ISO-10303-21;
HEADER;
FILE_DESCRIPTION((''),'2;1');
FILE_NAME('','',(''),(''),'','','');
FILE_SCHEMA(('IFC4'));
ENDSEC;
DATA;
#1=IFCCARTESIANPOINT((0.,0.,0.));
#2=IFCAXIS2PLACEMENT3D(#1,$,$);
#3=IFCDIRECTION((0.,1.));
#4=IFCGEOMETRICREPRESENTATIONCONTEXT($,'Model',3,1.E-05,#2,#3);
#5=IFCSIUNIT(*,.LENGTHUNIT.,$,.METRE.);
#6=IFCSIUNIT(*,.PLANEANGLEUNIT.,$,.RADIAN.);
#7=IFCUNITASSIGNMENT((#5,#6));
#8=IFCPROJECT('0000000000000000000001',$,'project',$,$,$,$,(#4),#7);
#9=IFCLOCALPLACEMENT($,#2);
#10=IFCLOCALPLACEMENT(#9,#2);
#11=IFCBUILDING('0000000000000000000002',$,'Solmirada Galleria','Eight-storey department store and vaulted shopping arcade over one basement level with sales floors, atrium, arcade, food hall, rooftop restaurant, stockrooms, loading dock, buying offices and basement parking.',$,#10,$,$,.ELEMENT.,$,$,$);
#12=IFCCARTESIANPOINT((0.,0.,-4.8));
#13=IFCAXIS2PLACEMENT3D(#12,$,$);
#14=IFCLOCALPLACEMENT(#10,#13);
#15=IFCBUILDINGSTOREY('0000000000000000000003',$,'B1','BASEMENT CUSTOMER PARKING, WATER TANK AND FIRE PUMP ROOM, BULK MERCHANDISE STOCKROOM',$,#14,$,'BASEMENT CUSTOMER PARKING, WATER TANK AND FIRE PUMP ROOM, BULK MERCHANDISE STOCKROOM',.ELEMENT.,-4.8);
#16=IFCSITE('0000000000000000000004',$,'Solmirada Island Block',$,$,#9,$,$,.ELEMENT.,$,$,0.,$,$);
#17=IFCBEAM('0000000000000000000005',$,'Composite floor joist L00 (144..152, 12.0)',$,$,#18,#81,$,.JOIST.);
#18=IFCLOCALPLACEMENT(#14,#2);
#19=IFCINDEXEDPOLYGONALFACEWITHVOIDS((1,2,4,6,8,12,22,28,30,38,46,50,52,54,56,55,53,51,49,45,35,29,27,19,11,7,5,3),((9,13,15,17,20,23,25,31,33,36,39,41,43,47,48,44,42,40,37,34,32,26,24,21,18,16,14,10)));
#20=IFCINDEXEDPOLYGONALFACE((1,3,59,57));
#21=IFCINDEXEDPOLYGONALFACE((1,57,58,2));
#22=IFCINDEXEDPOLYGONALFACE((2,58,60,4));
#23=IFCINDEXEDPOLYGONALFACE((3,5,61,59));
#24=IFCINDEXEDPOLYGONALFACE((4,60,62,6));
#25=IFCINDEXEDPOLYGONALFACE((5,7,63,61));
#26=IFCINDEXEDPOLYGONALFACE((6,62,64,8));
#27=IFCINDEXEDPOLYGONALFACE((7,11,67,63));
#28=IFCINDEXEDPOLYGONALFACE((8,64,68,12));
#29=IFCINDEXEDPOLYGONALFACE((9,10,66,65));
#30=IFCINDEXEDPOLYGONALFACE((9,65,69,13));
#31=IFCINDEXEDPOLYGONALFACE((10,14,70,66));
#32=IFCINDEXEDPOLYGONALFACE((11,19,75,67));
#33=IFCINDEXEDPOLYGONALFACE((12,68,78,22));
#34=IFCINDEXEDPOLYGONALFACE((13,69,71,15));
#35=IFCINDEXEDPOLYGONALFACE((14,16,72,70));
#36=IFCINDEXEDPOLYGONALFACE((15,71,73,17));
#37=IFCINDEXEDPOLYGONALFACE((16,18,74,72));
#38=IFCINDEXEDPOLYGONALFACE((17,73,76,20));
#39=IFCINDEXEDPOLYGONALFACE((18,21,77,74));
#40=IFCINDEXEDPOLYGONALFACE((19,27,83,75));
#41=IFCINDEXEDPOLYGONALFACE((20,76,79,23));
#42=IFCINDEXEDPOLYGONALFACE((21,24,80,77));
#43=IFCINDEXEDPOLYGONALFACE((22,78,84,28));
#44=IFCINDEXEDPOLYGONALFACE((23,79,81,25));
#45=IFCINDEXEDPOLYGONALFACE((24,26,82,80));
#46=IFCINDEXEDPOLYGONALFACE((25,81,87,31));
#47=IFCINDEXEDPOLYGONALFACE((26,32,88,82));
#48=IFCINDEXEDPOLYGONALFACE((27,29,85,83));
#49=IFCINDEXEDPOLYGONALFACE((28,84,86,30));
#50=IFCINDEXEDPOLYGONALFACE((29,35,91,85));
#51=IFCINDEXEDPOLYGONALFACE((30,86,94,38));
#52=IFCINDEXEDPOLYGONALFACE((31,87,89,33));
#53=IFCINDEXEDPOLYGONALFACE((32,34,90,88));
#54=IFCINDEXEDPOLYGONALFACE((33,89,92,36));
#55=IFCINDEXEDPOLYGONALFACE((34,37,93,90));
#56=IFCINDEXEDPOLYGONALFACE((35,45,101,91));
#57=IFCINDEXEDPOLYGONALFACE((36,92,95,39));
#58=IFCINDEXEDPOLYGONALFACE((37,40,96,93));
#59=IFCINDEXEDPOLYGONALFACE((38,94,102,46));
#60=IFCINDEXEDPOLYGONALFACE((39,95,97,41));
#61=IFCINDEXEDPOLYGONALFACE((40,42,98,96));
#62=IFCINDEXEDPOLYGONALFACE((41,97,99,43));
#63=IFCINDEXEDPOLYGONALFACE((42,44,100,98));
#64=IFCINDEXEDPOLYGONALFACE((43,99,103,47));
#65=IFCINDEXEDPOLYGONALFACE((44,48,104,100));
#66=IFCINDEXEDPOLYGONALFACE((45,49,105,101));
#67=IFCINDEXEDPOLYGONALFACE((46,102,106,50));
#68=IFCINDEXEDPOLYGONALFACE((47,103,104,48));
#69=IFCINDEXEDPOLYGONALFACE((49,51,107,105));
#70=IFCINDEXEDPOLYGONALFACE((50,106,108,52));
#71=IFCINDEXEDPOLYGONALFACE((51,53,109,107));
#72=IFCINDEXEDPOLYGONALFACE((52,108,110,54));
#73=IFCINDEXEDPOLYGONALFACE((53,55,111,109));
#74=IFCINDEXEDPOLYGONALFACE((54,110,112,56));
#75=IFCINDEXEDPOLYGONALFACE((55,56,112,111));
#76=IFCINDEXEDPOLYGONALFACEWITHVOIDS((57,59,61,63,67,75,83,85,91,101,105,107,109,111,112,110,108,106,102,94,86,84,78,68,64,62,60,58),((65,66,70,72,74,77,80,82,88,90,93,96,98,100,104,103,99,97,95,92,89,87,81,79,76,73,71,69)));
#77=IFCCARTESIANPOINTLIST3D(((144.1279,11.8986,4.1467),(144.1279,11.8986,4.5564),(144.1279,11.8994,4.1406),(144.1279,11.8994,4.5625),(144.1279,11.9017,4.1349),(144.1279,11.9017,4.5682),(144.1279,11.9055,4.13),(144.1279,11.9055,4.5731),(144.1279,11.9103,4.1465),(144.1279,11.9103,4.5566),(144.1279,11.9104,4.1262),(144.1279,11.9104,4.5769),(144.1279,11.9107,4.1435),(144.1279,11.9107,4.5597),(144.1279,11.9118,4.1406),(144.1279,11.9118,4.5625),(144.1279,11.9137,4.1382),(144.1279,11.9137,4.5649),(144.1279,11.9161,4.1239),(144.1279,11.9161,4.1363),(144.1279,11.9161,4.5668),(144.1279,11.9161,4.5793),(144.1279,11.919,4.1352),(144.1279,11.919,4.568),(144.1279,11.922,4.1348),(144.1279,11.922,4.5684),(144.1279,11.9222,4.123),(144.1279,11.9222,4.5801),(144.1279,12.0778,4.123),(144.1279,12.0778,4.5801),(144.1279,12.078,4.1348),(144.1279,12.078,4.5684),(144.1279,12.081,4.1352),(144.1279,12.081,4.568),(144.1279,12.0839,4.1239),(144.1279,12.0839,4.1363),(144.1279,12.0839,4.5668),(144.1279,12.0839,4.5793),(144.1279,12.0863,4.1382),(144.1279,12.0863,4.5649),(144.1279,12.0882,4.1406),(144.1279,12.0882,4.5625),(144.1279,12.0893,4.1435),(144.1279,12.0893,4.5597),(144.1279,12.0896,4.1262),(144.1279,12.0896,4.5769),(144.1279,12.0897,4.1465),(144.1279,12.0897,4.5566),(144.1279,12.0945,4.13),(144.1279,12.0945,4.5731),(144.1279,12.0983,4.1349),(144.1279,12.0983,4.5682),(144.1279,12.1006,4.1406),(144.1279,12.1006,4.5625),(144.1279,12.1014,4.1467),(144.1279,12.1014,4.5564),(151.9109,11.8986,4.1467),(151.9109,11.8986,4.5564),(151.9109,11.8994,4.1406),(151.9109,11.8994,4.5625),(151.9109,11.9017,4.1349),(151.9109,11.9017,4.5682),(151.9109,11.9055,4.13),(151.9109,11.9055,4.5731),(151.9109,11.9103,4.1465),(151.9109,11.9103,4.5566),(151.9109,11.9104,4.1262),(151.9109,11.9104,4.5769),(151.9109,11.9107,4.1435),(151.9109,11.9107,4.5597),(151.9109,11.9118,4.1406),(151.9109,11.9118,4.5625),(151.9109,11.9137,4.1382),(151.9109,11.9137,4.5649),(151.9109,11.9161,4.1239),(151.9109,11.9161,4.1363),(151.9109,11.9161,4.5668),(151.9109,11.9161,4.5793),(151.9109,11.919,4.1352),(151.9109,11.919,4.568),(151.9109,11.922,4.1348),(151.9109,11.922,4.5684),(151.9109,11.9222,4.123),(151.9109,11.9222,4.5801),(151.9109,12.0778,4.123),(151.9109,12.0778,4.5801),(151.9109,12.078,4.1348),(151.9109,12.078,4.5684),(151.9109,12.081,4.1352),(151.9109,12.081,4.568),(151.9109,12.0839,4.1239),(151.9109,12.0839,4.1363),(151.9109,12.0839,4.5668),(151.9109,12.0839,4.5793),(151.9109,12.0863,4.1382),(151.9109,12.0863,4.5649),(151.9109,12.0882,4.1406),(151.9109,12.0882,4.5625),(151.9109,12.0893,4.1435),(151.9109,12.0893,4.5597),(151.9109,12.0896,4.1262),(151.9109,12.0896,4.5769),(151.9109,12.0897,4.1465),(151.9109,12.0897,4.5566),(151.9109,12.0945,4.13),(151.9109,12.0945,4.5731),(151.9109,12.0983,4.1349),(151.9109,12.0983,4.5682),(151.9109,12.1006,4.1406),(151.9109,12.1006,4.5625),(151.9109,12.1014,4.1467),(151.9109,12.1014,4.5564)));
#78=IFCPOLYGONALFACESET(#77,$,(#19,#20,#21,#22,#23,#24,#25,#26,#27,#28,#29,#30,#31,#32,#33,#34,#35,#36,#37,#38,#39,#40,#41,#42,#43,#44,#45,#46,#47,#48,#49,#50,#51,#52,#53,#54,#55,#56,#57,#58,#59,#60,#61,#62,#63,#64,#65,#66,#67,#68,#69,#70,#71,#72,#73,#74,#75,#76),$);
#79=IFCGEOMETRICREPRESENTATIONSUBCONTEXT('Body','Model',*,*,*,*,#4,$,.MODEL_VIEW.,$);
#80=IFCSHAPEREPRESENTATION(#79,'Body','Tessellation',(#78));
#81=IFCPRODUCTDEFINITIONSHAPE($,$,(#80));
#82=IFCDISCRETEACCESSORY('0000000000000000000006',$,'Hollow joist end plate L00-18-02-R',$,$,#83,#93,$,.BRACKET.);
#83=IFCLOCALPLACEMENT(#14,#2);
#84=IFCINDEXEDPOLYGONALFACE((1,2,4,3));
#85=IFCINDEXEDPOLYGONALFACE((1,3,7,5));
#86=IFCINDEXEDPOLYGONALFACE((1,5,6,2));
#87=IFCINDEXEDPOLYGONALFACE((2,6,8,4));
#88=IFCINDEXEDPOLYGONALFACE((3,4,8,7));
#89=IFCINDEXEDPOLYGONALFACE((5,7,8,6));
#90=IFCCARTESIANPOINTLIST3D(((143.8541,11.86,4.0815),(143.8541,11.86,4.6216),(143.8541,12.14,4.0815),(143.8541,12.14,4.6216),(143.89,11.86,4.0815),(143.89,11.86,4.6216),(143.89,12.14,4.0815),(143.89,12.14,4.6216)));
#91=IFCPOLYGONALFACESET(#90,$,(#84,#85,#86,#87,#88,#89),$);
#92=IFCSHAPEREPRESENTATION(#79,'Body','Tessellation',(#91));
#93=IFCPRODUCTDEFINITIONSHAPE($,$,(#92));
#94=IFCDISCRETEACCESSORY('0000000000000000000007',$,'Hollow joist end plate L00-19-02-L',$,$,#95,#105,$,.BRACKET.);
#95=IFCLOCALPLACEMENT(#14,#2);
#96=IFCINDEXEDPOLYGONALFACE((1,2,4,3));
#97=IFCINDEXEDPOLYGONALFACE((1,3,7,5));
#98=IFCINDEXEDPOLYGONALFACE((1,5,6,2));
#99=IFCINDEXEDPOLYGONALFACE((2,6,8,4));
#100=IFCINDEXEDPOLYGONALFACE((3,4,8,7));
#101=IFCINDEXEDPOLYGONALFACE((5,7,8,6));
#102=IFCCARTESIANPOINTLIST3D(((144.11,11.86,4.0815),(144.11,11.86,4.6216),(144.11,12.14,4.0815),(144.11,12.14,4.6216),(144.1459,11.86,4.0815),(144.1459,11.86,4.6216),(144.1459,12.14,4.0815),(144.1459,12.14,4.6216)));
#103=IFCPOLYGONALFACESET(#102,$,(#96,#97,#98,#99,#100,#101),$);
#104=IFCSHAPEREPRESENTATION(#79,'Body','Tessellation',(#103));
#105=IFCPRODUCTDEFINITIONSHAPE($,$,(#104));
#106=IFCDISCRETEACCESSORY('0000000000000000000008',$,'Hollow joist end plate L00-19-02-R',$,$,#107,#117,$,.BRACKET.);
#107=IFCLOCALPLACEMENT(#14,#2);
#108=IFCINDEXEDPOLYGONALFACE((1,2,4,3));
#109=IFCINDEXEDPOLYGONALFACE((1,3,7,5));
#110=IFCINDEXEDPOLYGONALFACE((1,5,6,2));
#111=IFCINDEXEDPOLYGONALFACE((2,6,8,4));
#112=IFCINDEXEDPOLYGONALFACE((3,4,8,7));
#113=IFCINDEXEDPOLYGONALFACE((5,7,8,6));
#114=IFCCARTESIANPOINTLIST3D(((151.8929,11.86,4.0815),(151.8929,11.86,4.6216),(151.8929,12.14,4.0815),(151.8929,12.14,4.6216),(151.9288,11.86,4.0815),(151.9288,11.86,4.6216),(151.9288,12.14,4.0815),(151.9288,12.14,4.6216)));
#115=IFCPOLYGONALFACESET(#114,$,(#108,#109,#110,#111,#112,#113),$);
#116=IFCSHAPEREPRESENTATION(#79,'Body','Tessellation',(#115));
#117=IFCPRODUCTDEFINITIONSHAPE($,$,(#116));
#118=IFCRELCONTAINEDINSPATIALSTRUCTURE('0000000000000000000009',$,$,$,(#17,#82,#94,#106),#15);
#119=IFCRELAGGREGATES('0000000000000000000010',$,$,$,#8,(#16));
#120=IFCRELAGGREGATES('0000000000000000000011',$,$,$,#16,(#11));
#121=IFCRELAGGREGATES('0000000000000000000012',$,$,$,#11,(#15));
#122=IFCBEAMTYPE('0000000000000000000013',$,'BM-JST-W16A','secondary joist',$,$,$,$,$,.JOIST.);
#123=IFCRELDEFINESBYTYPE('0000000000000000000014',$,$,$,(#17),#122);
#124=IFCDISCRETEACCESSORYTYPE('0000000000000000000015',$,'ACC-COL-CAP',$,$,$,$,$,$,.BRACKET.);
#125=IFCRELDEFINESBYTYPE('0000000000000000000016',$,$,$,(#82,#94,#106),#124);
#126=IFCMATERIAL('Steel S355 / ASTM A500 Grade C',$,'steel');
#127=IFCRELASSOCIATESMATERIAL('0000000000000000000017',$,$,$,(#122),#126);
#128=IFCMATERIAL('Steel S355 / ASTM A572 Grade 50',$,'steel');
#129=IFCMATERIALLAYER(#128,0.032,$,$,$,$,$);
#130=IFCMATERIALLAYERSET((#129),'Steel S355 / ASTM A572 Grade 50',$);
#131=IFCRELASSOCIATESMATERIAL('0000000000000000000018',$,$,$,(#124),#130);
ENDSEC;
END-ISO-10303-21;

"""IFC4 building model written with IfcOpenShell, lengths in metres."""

from ifc_helpers import new_model, si_unit, direction, frame, origin, origin_2d, place, context, subcontext, project, spatial, rectangle, hollow_rectangle, extrude, material, layer, layer_set, material_profile, profile_set, type_object, element, save


model = new_model("IFC4")

# Units and contexts
model_context = context("Model", 3, precision=1e-05, world=origin(), true_north=direction((0.0, 1.0)))
body_context = subcontext(model_context, "Body", "Model", "MODEL_VIEW")
ifc_project = project(units=[si_unit("LENGTHUNIT", "METRE"), si_unit("PLANEANGLEUNIT", "RADIAN")], contexts=[model_context])

# Site, building, storey
site_placement = place(None, origin())
site = spatial("IfcSite", under=ifc_project, at=site_placement, Name="Solmirada Island Block", CompositionType="ELEMENT", RefElevation=0.0)
building_placement = place(site_placement, origin())
building = spatial("IfcBuilding", under=site, at=building_placement, Name="Solmirada Galleria", Description="Eight-storey department store and vaulted shopping arcade over one basement level with sales floors, atrium, arcade, food hall, rooftop restaurant, stockrooms, loading dock, buying offices and basement parking.", CompositionType="ELEMENT")
storey_placement = place(building_placement, frame((0.0, 0.0, -4.8)))
storey = spatial("IfcBuildingStorey", under=building, at=storey_placement, Name="B1", Description="BASEMENT CUSTOMER PARKING, WATER TANK AND FIRE PUMP ROOM, BULK MERCHANDISE STOCKROOM", LongName="BASEMENT CUSTOMER PARKING, WATER TANK AND FIRE PUMP ROOM, BULK MERCHANDISE STOCKROOM", CompositionType="ELEMENT", Elevation=-4.8)

# Shared definitions
ifc_material_1 = material(Name="Steel S355 / ASTM A500 Grade C", Category="steel")

# Beam
ifc_material_profile_1 = material_profile(ifc_material_1, hollow_rectangle(XDim=0.2029, YDim=0.457, WallThickness=0.0117, InnerFilletRadius=0.0117, OuterFilletRadius=0.0237, at=origin_2d()), Name="HSS18X8X1/2")
ifc_profile_set_1 = profile_set([ifc_material_profile_1], Name="Steel S355 / ASTM A500 Grade C")
beam_type_1 = type_object("IfcBeamType", Name="BM-JST-W16A", Description="secondary joist", PredefinedType="JOIST", material=ifc_profile_set_1)
beam_1_placement = place(storey_placement, frame((144.1279, 12.0, 4.3516), z_axis=(1.0, 0.0, 0.0), x_axis=(0.0, 1.0, 0.0)))
element("IfcBeam", 1, at=beam_1_placement, inside=storey, type_object=beam_type_1, Name="Composite floor joist L00 (144..152, 12.0)", PredefinedType="JOIST", context=body_context, shape_type="SweptSolid", body=[
    extrude(hollow_rectangle(XDim=0.2029, YDim=0.457, WallThickness=0.0117, InnerFilletRadius=0.0117, OuterFilletRadius=0.0237, at=origin_2d()), origin(), (0.0, 0.0, 1.0), 7.783),
])

# Discrete accessories
ifc_material_2 = material(Name="Steel S355 / ASTM A572 Grade 50", Category="steel")
ifc_layer_1 = layer(ifc_material_2, 0.032)
ifc_layer_set_1 = layer_set([ifc_layer_1], Name="Steel S355 / ASTM A572 Grade 50")
discrete_accessory_type = type_object("IfcDiscreteAccessoryType", Name="ACC-COL-CAP", PredefinedType="BRACKET", material=ifc_layer_set_1)
for number, where, z_axis, x_axis, name in (
    (2, (143.8721, 12.0, 4.0815), (0.0, 0.0, 1.0), (1.0, 0.0, 0.0), "Hollow joist end plate L00-18-02-R"),
    (3, (144.1279, 12.0, 4.0815), (0.0, 0.0, 1.0), (1.0, 0.0, 0.0), "Hollow joist end plate L00-19-02-L"),
    (4, (151.9109, 12.0, 4.0815), (0.0, 0.0, 1.0), (1.0, 0.0, 0.0), "Hollow joist end plate L00-19-02-R"),
):
    element("IfcDiscreteAccessory", number, at=place(storey_placement, frame(where, z_axis=z_axis, x_axis=x_axis)), inside=storey, type_object=discrete_accessory_type, Name=name, PredefinedType="BRACKET", context=body_context, shape_type="SweptSolid", body=[
        extrude(rectangle(XDim=0.0359, YDim=0.28, at=origin_2d()), origin(), (0.0, 0.0, 1.0), 0.54),
    ])

save(model, "model.ifc")
